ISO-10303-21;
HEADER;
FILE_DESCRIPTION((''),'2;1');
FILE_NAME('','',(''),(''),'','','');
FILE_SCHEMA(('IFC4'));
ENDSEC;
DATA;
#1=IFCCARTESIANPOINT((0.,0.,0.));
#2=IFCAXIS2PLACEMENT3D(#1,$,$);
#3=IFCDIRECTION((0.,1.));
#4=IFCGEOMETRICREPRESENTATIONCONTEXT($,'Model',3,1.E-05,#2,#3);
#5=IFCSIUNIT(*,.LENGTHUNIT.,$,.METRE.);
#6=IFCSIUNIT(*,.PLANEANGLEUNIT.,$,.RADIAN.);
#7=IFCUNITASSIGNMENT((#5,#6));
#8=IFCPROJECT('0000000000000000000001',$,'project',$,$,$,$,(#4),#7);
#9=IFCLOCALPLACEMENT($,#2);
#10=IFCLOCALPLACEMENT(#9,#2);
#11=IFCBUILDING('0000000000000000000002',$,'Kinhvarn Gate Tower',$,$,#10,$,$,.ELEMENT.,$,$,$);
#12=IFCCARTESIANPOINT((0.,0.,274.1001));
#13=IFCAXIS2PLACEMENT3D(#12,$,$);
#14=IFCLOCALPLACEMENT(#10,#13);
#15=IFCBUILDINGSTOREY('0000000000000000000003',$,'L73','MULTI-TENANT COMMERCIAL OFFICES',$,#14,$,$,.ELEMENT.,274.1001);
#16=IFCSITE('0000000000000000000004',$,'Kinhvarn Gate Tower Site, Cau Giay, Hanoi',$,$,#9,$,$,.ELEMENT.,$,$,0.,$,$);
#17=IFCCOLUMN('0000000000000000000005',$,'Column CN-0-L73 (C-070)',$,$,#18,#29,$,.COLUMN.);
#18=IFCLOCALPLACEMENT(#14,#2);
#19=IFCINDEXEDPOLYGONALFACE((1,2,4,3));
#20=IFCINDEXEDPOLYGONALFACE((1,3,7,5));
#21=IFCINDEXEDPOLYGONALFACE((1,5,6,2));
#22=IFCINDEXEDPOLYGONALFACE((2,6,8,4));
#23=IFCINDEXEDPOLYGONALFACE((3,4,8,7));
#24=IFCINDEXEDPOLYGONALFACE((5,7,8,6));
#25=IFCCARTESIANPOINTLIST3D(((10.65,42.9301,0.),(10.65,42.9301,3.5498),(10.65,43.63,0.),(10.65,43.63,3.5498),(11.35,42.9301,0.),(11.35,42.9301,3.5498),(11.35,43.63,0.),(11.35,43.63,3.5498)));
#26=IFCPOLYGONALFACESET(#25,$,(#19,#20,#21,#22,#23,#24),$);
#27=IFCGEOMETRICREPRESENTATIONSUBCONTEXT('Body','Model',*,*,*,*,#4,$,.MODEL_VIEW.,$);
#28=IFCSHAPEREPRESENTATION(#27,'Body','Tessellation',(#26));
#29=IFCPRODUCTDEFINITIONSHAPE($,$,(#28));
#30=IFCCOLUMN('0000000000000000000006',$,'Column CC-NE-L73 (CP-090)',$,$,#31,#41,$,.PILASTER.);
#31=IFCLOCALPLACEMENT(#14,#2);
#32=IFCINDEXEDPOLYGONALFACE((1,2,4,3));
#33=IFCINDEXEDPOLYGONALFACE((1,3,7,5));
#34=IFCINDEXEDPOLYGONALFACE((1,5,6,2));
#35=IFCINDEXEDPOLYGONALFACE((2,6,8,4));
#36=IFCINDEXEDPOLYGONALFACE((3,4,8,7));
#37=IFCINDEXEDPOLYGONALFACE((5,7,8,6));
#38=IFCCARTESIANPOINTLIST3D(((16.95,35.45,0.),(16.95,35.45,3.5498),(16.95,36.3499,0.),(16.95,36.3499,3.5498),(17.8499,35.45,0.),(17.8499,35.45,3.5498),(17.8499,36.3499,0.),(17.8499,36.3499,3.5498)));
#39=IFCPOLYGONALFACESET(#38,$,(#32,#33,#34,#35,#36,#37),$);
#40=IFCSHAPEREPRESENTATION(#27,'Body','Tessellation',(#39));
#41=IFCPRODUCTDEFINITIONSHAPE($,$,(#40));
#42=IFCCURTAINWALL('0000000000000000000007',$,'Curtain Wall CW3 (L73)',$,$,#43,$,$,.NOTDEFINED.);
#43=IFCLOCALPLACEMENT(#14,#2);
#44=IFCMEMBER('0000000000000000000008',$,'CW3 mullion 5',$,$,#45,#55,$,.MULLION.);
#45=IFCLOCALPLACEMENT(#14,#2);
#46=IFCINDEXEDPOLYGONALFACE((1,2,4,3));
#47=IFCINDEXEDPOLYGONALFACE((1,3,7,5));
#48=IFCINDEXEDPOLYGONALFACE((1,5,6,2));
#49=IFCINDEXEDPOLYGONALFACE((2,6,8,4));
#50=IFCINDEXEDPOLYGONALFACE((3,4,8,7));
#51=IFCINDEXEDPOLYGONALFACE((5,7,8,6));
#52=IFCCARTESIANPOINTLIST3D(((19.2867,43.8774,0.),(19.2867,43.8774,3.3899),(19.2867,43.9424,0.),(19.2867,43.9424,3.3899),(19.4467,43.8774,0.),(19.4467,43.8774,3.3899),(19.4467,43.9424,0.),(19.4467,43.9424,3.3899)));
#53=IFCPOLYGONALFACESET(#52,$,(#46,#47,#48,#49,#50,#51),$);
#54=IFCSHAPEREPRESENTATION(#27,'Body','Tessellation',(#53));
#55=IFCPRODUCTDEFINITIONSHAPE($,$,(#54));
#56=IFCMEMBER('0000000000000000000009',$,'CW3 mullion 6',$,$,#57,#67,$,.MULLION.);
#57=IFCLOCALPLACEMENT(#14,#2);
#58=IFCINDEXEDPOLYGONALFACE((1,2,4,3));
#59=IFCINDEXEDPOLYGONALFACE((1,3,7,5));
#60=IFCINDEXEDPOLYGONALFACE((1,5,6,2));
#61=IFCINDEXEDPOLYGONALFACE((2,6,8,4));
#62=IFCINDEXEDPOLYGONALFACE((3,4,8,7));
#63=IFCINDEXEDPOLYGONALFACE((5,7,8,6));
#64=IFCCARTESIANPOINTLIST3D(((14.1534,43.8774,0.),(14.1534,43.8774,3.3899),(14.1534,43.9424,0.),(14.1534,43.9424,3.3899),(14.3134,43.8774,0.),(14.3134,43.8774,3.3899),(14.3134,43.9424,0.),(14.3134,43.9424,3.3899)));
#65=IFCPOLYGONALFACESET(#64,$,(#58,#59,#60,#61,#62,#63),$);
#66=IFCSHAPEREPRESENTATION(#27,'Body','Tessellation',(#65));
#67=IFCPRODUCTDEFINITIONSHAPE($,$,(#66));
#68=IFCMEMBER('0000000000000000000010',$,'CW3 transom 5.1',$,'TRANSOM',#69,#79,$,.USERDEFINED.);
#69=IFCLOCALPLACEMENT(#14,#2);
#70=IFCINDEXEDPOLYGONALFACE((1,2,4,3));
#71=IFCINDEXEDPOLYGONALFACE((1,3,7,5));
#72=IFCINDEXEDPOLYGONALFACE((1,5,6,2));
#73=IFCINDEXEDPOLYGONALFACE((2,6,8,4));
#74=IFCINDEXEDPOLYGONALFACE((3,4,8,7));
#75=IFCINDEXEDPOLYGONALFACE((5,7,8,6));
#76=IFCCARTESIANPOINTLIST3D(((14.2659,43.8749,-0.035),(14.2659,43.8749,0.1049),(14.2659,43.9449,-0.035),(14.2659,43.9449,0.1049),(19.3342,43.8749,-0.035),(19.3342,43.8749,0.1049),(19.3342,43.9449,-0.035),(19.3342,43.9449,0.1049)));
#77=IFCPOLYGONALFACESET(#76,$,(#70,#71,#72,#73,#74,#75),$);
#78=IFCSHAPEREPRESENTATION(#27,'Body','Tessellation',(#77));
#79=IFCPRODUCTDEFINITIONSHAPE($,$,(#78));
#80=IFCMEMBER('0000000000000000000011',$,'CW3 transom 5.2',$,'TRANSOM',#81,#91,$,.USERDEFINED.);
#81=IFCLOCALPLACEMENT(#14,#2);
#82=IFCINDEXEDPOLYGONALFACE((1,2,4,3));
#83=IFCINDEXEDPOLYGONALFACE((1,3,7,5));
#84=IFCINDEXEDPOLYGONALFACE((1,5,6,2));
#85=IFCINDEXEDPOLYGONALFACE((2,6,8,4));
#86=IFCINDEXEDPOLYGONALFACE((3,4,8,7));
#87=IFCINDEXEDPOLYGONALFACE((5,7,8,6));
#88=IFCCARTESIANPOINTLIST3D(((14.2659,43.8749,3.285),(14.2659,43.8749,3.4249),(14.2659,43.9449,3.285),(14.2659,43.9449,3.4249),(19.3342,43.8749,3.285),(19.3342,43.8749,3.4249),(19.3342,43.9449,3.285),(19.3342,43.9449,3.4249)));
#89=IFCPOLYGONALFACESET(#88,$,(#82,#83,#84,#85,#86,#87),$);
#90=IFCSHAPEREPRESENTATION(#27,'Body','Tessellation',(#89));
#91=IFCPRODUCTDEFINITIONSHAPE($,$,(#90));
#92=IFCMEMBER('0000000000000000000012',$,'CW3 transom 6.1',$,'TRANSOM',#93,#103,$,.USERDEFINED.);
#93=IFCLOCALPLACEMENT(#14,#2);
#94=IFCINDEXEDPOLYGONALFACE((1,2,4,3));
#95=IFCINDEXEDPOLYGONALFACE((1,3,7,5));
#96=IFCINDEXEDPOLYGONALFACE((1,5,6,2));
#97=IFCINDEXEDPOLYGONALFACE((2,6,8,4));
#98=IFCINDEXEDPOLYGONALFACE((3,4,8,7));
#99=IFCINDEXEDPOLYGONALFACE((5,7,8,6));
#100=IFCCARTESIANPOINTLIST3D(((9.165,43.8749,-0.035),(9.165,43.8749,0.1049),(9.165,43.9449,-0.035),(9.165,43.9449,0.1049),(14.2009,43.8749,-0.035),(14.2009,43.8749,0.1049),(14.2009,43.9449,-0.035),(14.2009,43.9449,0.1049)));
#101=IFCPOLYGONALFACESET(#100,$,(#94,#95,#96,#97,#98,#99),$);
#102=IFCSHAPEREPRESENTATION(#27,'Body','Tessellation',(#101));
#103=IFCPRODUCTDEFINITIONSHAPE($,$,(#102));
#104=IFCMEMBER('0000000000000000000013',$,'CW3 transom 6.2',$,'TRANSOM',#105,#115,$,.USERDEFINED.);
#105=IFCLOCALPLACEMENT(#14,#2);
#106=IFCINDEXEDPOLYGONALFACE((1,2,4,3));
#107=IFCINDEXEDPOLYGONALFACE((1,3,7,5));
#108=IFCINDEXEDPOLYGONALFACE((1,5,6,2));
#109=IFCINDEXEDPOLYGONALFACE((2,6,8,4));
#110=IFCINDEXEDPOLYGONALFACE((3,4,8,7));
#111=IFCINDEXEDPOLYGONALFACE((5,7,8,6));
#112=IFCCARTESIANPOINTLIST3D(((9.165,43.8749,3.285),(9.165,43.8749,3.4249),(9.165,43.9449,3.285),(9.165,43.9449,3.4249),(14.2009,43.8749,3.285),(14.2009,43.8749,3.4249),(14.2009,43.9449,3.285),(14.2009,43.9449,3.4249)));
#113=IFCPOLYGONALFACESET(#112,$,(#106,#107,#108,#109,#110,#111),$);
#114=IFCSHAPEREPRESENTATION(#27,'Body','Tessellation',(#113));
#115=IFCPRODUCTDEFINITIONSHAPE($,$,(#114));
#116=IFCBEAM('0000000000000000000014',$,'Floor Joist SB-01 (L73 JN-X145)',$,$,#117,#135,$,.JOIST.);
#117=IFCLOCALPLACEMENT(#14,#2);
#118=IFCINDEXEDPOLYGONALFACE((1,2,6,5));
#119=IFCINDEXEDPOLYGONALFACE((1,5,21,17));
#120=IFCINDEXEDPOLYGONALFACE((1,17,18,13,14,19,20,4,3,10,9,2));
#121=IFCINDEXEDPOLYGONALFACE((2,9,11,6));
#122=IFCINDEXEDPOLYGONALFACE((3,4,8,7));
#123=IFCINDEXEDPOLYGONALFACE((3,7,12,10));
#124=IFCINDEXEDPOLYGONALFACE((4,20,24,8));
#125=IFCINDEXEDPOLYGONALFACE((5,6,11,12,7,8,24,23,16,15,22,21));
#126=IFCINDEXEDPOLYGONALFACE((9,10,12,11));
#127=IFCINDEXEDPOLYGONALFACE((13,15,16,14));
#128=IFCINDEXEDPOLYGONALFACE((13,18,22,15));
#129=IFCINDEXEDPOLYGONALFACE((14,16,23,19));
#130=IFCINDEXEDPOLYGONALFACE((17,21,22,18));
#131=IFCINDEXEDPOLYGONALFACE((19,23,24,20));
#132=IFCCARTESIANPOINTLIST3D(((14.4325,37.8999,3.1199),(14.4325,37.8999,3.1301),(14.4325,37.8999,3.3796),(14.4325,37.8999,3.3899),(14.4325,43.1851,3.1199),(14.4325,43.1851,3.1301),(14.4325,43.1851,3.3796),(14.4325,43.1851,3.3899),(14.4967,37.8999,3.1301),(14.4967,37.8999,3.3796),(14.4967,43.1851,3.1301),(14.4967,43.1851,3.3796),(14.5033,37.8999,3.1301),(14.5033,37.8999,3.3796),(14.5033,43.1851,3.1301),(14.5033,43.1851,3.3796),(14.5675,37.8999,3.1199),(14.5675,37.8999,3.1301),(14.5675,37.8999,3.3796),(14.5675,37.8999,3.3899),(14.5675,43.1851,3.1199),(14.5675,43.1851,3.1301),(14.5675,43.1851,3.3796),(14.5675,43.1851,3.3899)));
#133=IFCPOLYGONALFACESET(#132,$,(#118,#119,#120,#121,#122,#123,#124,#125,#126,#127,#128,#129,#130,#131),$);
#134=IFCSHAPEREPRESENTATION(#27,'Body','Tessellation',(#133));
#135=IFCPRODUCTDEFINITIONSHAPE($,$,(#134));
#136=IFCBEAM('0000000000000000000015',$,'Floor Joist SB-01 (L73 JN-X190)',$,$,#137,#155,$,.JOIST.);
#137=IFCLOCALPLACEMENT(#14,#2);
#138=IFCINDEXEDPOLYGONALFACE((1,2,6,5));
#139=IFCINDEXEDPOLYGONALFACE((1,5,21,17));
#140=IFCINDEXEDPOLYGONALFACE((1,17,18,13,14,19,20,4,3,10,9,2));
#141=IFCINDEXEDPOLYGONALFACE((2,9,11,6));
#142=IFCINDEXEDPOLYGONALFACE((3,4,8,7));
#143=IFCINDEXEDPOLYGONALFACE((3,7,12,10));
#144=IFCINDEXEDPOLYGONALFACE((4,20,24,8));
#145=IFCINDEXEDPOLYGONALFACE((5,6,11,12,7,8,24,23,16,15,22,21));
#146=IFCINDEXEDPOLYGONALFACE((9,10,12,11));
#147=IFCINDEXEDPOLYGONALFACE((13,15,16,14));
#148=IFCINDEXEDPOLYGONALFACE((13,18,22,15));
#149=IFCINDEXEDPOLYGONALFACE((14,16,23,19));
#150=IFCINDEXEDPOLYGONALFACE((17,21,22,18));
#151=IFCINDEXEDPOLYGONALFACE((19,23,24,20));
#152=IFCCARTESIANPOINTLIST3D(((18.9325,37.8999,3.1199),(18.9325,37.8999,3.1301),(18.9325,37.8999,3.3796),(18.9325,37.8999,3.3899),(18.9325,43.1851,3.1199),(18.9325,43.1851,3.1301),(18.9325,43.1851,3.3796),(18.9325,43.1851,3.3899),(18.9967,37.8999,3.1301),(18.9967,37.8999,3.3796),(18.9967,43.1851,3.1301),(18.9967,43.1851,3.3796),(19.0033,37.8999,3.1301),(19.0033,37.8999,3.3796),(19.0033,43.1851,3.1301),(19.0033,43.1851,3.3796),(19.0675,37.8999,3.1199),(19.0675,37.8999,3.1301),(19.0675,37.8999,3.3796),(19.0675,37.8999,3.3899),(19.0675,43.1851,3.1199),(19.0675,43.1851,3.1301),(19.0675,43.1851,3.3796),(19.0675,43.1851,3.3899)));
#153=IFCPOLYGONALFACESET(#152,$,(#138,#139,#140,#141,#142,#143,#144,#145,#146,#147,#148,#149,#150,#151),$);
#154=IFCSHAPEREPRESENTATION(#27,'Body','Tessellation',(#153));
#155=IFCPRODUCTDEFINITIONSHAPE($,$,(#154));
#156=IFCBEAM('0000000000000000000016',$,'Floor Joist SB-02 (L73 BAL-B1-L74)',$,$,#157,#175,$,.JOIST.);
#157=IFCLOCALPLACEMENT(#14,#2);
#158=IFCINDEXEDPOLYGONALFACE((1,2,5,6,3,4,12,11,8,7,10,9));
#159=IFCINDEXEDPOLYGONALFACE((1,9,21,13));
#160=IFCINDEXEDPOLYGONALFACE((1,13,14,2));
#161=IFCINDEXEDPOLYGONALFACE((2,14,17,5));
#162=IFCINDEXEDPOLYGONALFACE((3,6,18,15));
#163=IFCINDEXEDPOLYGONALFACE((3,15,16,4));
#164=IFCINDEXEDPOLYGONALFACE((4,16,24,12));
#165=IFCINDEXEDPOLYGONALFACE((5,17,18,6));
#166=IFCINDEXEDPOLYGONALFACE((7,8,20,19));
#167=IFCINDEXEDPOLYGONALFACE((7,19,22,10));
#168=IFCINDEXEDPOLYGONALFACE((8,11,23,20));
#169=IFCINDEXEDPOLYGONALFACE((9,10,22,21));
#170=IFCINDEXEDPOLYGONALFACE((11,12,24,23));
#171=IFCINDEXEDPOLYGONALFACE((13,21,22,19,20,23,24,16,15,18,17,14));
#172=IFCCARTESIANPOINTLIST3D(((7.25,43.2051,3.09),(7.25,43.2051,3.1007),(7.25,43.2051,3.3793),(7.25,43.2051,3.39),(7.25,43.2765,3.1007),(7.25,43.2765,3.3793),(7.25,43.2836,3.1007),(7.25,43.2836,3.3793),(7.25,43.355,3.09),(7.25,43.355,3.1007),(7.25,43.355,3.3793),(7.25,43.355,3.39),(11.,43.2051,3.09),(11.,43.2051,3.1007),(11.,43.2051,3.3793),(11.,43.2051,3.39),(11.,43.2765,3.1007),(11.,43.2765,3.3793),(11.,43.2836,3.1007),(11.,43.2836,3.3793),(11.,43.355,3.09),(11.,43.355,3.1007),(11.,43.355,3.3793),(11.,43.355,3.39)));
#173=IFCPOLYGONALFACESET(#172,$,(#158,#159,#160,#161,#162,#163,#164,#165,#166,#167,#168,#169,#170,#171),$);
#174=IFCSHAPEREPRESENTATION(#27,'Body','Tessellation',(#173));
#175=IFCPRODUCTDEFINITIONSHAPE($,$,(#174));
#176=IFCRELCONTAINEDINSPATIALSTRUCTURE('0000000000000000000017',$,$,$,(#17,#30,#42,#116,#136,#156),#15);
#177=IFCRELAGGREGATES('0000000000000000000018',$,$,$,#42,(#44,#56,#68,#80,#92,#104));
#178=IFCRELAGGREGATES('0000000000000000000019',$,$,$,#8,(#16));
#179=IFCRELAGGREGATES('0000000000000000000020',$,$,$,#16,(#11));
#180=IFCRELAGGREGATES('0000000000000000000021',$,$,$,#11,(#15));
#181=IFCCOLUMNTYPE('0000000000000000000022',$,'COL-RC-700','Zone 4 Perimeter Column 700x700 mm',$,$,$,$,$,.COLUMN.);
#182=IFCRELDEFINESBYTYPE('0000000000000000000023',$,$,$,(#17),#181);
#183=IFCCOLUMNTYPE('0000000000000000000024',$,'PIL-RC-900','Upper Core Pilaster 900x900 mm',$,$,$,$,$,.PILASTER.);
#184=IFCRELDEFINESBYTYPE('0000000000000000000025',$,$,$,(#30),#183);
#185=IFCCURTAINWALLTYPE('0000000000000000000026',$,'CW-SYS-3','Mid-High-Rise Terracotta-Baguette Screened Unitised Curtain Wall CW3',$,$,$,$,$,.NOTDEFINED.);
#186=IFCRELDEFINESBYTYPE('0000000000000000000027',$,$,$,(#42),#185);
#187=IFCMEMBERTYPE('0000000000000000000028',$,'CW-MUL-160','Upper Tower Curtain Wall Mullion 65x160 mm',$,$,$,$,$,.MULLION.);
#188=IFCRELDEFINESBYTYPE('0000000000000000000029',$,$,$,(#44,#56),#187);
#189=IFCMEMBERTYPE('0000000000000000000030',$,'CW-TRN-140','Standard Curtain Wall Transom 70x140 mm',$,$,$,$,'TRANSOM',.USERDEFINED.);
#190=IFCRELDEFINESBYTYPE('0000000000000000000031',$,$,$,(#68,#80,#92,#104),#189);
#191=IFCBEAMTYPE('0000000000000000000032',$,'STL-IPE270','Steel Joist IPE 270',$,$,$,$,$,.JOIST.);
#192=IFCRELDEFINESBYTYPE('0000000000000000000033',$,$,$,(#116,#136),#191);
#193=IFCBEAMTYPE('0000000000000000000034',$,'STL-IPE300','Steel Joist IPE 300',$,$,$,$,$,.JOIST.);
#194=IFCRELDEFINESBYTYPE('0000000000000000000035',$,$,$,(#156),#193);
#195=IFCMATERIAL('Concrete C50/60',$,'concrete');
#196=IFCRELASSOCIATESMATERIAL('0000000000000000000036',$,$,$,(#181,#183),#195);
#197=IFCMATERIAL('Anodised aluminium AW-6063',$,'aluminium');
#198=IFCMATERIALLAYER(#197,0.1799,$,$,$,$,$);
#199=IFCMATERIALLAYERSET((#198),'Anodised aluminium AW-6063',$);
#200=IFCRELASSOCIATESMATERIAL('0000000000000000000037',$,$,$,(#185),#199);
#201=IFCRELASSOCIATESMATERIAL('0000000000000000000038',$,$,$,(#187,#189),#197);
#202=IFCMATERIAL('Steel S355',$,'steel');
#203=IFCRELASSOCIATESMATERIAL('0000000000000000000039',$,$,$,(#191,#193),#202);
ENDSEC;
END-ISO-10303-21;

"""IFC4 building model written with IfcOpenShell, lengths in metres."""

from ifc_helpers import new_model, si_unit, direction, frame, origin, origin_2d, place, context, subcontext, project, spatial, rectangle, i_section, extrude, material, layer, layer_set, material_profile, profile_set, type_object, element, aggregate, save


model = new_model("IFC4")

# Units and contexts
model_context = context("Model", 3, precision=1e-05, world=origin(), true_north=direction((0.0, 1.0)))
body_context = subcontext(model_context, "Body", "Model", "MODEL_VIEW")
ifc_project = project(units=[si_unit("LENGTHUNIT", "METRE"), si_unit("PLANEANGLEUNIT", "RADIAN")], contexts=[model_context])

# Site, building, storey
site_placement = place(None, origin())
site = spatial("IfcSite", under=ifc_project, at=site_placement, Name="Kinhvarn Gate Tower Site, Cau Giay, Hanoi", CompositionType="ELEMENT", RefElevation=0.0)
building_placement = place(site_placement, origin())
building = spatial("IfcBuilding", under=site, at=building_placement, Name="Kinhvarn Gate Tower", CompositionType="ELEMENT")
storey_placement = place(building_placement, frame((0.0, 0.0, 274.1001)))
storey = spatial("IfcBuildingStorey", under=building, at=storey_placement, Name="L73", Description="MULTI-TENANT COMMERCIAL OFFICES", CompositionType="ELEMENT", Elevation=274.1001)

# Columns
ifc_material_1 = material(Name="Concrete C50/60", Category="concrete")
ifc_material_profile_1 = material_profile(ifc_material_1, rectangle(XDim=0.7, YDim=0.7, at=origin_2d()), Name="RC 700x700")
ifc_profile_set_1 = profile_set([ifc_material_profile_1], Name="Concrete C50/60")
column_type_1 = type_object("IfcColumnType", Name="COL-RC-700", Description="Zone 4 Perimeter Column 700x700 mm", PredefinedType="COLUMN", material=ifc_profile_set_1)
column_1_placement = place(storey_placement, frame((11.0, 43.28, 0.0), z_axis=(0.0, 0.0, 1.0), x_axis=(1.0, 0.0, 0.0)))
element("IfcColumn", 1, at=column_1_placement, inside=storey, type_object=column_type_1, Name="Column CN-0-L73 (C-070)", PredefinedType="COLUMN", context=body_context, shape_type="SweptSolid", body=[
    extrude(rectangle(XDim=0.7, YDim=0.7, at=origin_2d()), origin(), (0.0, 0.0, 1.0), 3.5498),
])
ifc_material_profile_2 = material_profile(ifc_material_1, rectangle(XDim=0.8999, YDim=0.8999, at=origin_2d()), Name="RC 900x900")
ifc_profile_set_2 = profile_set([ifc_material_profile_2], Name="Concrete C50/60")
column_type_2 = type_object("IfcColumnType", Name="PIL-RC-900", Description="Upper Core Pilaster 900x900 mm", PredefinedType="PILASTER", material=ifc_profile_set_2)
column_2_placement = place(storey_placement, frame((17.3999, 35.8999, 0.0), z_axis=(0.0, 0.0, 1.0), x_axis=(1.0, 0.0, 0.0)))
element("IfcColumn", 2, at=column_2_placement, inside=storey, type_object=column_type_2, Name="Column CC-NE-L73 (CP-090)", PredefinedType="PILASTER", context=body_context, shape_type="SweptSolid", body=[
    extrude(rectangle(XDim=0.8999, YDim=0.8999, at=origin_2d()), origin(), (0.0, 0.0, 1.0), 3.5498),
])

# Curtain wall, members
ifc_material_2 = material(Name="Anodised aluminium AW-6063", Category="aluminium")
ifc_layer_1 = layer(ifc_material_2, 0.1799)
ifc_layer_set_1 = layer_set([ifc_layer_1], Name="Anodised aluminium AW-6063")
curtain_wall_type = type_object("IfcCurtainWallType", Name="CW-SYS-3", Description="Mid-High-Rise Terracotta-Baguette Screened Unitised Curtain Wall CW3", PredefinedType="NOTDEFINED", material=ifc_layer_set_1)
curtain_wall_placement = place(storey_placement, origin())
curtain_wall = element("IfcCurtainWall", 3, at=curtain_wall_placement, inside=storey, type_object=curtain_wall_type, Name="Curtain Wall CW3 (L73)", PredefinedType="NOTDEFINED")
ifc_material_profile_3 = material_profile(ifc_material_2, rectangle(XDim=0.0649, YDim=0.1599, at=origin_2d()), Name="ALU 65x160")
ifc_profile_set_3 = profile_set([ifc_material_profile_3], Name="Anodised aluminium AW-6063")
member_type_1 = type_object("IfcMemberType", Name="CW-MUL-160", Description="Upper Tower Curtain Wall Mullion 65x160 mm", PredefinedType="MULLION", material=ifc_profile_set_3)
member_1_placement = place(storey_placement, frame((19.3667, 43.9099, 0.0), z_axis=(0.0, 0.0, 1.0), x_axis=(0.0, -1.0, 0.0)))
member_1 = element("IfcMember", 4, at=member_1_placement, type_object=member_type_1, Name="CW3 mullion 5", PredefinedType="MULLION", context=body_context, shape_type="SweptSolid", body=[
    extrude(rectangle(XDim=0.0649, YDim=0.1599, at=origin_2d()), origin(), (0.0, 0.0, 1.0), 3.3899),
])
member_2_placement = place(storey_placement, frame((14.2334, 43.9099, 0.0), z_axis=(0.0, 0.0, 1.0), x_axis=(0.0, -1.0, 0.0)))
member_2 = element("IfcMember", 5, at=member_2_placement, type_object=member_type_1, Name="CW3 mullion 6", PredefinedType="MULLION", context=body_context, shape_type="SweptSolid", body=[
    extrude(rectangle(XDim=0.0649, YDim=0.1599, at=origin_2d()), origin(), (0.0, 0.0, 1.0), 3.3899),
])
ifc_material_profile_4 = material_profile(ifc_material_2, rectangle(XDim=0.0701, YDim=0.1399, at=origin_2d()), Name="ALU 70x140")
ifc_profile_set_4 = profile_set([ifc_material_profile_4], Name="Anodised aluminium AW-6063")
member_type_2 = type_object("IfcMemberType", Name="CW-TRN-140", Description="Standard Curtain Wall Transom 70x140 mm", ElementType="TRANSOM", PredefinedType="USERDEFINED", material=ifc_profile_set_4)
member_3_placement = place(storey_placement, frame((19.3342, 43.9099, 0.0349), z_axis=(-1.0, 0.0, 0.0), x_axis=(0.0, -1.0, 0.0)))
member_3 = element("IfcMember", 6, at=member_3_placement, type_object=member_type_2, Name="CW3 transom 5.1", ObjectType="TRANSOM", PredefinedType="USERDEFINED", context=body_context, shape_type="SweptSolid", body=[
    extrude(rectangle(XDim=0.0701, YDim=0.1399, at=origin_2d()), origin(), (0.0, 0.0, 1.0), 5.0684),
])
member_4_placement = place(storey_placement, frame((19.3342, 43.9099, 3.355), z_axis=(-1.0, 0.0, 0.0), x_axis=(0.0, -1.0, 0.0)))
member_4 = element("IfcMember", 7, at=member_4_placement, type_object=member_type_2, Name="CW3 transom 5.2", ObjectType="TRANSOM", PredefinedType="USERDEFINED", context=body_context, shape_type="SweptSolid", body=[
    extrude(rectangle(XDim=0.0701, YDim=0.1399, at=origin_2d()), origin(), (0.0, 0.0, 1.0), 5.0684),
])
member_5_placement = place(storey_placement, frame((14.2009, 43.9099, 0.0349), z_axis=(-1.0, 0.0, 0.0), x_axis=(0.0, -1.0, 0.0)))
member_5 = element("IfcMember", 8, at=member_5_placement, type_object=member_type_2, Name="CW3 transom 6.1", ObjectType="TRANSOM", PredefinedType="USERDEFINED", context=body_context, shape_type="SweptSolid", body=[
    extrude(rectangle(XDim=0.0701, YDim=0.1399, at=origin_2d()), origin(), (0.0, 0.0, 1.0), 5.0359),
])
member_6_placement = place(storey_placement, frame((14.2009, 43.9099, 3.355), z_axis=(-1.0, 0.0, 0.0), x_axis=(0.0, -1.0, 0.0)))
member_6 = element("IfcMember", 9, at=member_6_placement, type_object=member_type_2, Name="CW3 transom 6.2", ObjectType="TRANSOM", PredefinedType="USERDEFINED", context=body_context, shape_type="SweptSolid", body=[
    extrude(rectangle(XDim=0.0701, YDim=0.1399, at=origin_2d()), origin(), (0.0, 0.0, 1.0), 5.0359),
])

# Beams
ifc_material_3 = material(Name="Steel S355", Category="steel")
ifc_material_profile_5 = material_profile(ifc_material_3, i_section(OverallWidth=0.135, OverallDepth=0.27, WebThickness=0.0066, FlangeThickness=0.0103, at=origin_2d()), Name="IPE 270")
ifc_profile_set_5 = profile_set([ifc_material_profile_5], Name="Steel S355")
beam_type_1 = type_object("IfcBeamType", Name="STL-IPE270", Description="Steel Joist IPE 270", PredefinedType="JOIST", material=ifc_profile_set_5)
for number, where, z_axis, x_axis, name in (
    (10, (14.5, 37.8999, 3.2549), (0.0, 1.0, 0.0), (-1.0, 0.0, 0.0), "Floor Joist SB-01 (L73 JN-X145)"),
    (11, (19.0, 37.8999, 3.2549), (0.0, 1.0, 0.0), (-1.0, 0.0, 0.0), "Floor Joist SB-01 (L73 JN-X190)"),
):
    element("IfcBeam", number, at=place(storey_placement, frame(where, z_axis=z_axis, x_axis=x_axis)), inside=storey, type_object=beam_type_1, Name=name, PredefinedType="JOIST", context=body_context, shape_type="SweptSolid", body=[
        extrude(i_section(OverallWidth=0.135, OverallDepth=0.27, WebThickness=0.0066, FlangeThickness=0.0103, at=origin_2d()), origin(), (0.0, 0.0, 1.0), 5.2852),
    ])
ifc_material_profile_6 = material_profile(ifc_material_3, i_section(OverallWidth=0.1499, OverallDepth=0.3, WebThickness=0.0071, FlangeThickness=0.0107, at=origin_2d()), Name="IPE 300")
ifc_profile_set_6 = profile_set([ifc_material_profile_6], Name="Steel S355")
beam_type_2 = type_object("IfcBeamType", Name="STL-IPE300", Description="Steel Joist IPE 300", PredefinedType="JOIST", material=ifc_profile_set_6)
beam_1_placement = place(storey_placement, frame((11.0, 43.28, 3.24), z_axis=(-1.0, 0.0, 0.0), x_axis=(0.0, -1.0, 0.0)))
element("IfcBeam", 12, at=beam_1_placement, inside=storey, type_object=beam_type_2, Name="Floor Joist SB-02 (L73 BAL-B1-L74)", PredefinedType="JOIST", context=body_context, shape_type="SweptSolid", body=[
    extrude(i_section(OverallWidth=0.1499, OverallDepth=0.3, WebThickness=0.0071, FlangeThickness=0.0107, at=origin_2d()), origin(), (0.0, 0.0, 1.0), 3.75),
])

aggregate(curtain_wall, [member_1, member_2, member_3, member_4, member_5, member_6])

save(model, "model.ifc")
